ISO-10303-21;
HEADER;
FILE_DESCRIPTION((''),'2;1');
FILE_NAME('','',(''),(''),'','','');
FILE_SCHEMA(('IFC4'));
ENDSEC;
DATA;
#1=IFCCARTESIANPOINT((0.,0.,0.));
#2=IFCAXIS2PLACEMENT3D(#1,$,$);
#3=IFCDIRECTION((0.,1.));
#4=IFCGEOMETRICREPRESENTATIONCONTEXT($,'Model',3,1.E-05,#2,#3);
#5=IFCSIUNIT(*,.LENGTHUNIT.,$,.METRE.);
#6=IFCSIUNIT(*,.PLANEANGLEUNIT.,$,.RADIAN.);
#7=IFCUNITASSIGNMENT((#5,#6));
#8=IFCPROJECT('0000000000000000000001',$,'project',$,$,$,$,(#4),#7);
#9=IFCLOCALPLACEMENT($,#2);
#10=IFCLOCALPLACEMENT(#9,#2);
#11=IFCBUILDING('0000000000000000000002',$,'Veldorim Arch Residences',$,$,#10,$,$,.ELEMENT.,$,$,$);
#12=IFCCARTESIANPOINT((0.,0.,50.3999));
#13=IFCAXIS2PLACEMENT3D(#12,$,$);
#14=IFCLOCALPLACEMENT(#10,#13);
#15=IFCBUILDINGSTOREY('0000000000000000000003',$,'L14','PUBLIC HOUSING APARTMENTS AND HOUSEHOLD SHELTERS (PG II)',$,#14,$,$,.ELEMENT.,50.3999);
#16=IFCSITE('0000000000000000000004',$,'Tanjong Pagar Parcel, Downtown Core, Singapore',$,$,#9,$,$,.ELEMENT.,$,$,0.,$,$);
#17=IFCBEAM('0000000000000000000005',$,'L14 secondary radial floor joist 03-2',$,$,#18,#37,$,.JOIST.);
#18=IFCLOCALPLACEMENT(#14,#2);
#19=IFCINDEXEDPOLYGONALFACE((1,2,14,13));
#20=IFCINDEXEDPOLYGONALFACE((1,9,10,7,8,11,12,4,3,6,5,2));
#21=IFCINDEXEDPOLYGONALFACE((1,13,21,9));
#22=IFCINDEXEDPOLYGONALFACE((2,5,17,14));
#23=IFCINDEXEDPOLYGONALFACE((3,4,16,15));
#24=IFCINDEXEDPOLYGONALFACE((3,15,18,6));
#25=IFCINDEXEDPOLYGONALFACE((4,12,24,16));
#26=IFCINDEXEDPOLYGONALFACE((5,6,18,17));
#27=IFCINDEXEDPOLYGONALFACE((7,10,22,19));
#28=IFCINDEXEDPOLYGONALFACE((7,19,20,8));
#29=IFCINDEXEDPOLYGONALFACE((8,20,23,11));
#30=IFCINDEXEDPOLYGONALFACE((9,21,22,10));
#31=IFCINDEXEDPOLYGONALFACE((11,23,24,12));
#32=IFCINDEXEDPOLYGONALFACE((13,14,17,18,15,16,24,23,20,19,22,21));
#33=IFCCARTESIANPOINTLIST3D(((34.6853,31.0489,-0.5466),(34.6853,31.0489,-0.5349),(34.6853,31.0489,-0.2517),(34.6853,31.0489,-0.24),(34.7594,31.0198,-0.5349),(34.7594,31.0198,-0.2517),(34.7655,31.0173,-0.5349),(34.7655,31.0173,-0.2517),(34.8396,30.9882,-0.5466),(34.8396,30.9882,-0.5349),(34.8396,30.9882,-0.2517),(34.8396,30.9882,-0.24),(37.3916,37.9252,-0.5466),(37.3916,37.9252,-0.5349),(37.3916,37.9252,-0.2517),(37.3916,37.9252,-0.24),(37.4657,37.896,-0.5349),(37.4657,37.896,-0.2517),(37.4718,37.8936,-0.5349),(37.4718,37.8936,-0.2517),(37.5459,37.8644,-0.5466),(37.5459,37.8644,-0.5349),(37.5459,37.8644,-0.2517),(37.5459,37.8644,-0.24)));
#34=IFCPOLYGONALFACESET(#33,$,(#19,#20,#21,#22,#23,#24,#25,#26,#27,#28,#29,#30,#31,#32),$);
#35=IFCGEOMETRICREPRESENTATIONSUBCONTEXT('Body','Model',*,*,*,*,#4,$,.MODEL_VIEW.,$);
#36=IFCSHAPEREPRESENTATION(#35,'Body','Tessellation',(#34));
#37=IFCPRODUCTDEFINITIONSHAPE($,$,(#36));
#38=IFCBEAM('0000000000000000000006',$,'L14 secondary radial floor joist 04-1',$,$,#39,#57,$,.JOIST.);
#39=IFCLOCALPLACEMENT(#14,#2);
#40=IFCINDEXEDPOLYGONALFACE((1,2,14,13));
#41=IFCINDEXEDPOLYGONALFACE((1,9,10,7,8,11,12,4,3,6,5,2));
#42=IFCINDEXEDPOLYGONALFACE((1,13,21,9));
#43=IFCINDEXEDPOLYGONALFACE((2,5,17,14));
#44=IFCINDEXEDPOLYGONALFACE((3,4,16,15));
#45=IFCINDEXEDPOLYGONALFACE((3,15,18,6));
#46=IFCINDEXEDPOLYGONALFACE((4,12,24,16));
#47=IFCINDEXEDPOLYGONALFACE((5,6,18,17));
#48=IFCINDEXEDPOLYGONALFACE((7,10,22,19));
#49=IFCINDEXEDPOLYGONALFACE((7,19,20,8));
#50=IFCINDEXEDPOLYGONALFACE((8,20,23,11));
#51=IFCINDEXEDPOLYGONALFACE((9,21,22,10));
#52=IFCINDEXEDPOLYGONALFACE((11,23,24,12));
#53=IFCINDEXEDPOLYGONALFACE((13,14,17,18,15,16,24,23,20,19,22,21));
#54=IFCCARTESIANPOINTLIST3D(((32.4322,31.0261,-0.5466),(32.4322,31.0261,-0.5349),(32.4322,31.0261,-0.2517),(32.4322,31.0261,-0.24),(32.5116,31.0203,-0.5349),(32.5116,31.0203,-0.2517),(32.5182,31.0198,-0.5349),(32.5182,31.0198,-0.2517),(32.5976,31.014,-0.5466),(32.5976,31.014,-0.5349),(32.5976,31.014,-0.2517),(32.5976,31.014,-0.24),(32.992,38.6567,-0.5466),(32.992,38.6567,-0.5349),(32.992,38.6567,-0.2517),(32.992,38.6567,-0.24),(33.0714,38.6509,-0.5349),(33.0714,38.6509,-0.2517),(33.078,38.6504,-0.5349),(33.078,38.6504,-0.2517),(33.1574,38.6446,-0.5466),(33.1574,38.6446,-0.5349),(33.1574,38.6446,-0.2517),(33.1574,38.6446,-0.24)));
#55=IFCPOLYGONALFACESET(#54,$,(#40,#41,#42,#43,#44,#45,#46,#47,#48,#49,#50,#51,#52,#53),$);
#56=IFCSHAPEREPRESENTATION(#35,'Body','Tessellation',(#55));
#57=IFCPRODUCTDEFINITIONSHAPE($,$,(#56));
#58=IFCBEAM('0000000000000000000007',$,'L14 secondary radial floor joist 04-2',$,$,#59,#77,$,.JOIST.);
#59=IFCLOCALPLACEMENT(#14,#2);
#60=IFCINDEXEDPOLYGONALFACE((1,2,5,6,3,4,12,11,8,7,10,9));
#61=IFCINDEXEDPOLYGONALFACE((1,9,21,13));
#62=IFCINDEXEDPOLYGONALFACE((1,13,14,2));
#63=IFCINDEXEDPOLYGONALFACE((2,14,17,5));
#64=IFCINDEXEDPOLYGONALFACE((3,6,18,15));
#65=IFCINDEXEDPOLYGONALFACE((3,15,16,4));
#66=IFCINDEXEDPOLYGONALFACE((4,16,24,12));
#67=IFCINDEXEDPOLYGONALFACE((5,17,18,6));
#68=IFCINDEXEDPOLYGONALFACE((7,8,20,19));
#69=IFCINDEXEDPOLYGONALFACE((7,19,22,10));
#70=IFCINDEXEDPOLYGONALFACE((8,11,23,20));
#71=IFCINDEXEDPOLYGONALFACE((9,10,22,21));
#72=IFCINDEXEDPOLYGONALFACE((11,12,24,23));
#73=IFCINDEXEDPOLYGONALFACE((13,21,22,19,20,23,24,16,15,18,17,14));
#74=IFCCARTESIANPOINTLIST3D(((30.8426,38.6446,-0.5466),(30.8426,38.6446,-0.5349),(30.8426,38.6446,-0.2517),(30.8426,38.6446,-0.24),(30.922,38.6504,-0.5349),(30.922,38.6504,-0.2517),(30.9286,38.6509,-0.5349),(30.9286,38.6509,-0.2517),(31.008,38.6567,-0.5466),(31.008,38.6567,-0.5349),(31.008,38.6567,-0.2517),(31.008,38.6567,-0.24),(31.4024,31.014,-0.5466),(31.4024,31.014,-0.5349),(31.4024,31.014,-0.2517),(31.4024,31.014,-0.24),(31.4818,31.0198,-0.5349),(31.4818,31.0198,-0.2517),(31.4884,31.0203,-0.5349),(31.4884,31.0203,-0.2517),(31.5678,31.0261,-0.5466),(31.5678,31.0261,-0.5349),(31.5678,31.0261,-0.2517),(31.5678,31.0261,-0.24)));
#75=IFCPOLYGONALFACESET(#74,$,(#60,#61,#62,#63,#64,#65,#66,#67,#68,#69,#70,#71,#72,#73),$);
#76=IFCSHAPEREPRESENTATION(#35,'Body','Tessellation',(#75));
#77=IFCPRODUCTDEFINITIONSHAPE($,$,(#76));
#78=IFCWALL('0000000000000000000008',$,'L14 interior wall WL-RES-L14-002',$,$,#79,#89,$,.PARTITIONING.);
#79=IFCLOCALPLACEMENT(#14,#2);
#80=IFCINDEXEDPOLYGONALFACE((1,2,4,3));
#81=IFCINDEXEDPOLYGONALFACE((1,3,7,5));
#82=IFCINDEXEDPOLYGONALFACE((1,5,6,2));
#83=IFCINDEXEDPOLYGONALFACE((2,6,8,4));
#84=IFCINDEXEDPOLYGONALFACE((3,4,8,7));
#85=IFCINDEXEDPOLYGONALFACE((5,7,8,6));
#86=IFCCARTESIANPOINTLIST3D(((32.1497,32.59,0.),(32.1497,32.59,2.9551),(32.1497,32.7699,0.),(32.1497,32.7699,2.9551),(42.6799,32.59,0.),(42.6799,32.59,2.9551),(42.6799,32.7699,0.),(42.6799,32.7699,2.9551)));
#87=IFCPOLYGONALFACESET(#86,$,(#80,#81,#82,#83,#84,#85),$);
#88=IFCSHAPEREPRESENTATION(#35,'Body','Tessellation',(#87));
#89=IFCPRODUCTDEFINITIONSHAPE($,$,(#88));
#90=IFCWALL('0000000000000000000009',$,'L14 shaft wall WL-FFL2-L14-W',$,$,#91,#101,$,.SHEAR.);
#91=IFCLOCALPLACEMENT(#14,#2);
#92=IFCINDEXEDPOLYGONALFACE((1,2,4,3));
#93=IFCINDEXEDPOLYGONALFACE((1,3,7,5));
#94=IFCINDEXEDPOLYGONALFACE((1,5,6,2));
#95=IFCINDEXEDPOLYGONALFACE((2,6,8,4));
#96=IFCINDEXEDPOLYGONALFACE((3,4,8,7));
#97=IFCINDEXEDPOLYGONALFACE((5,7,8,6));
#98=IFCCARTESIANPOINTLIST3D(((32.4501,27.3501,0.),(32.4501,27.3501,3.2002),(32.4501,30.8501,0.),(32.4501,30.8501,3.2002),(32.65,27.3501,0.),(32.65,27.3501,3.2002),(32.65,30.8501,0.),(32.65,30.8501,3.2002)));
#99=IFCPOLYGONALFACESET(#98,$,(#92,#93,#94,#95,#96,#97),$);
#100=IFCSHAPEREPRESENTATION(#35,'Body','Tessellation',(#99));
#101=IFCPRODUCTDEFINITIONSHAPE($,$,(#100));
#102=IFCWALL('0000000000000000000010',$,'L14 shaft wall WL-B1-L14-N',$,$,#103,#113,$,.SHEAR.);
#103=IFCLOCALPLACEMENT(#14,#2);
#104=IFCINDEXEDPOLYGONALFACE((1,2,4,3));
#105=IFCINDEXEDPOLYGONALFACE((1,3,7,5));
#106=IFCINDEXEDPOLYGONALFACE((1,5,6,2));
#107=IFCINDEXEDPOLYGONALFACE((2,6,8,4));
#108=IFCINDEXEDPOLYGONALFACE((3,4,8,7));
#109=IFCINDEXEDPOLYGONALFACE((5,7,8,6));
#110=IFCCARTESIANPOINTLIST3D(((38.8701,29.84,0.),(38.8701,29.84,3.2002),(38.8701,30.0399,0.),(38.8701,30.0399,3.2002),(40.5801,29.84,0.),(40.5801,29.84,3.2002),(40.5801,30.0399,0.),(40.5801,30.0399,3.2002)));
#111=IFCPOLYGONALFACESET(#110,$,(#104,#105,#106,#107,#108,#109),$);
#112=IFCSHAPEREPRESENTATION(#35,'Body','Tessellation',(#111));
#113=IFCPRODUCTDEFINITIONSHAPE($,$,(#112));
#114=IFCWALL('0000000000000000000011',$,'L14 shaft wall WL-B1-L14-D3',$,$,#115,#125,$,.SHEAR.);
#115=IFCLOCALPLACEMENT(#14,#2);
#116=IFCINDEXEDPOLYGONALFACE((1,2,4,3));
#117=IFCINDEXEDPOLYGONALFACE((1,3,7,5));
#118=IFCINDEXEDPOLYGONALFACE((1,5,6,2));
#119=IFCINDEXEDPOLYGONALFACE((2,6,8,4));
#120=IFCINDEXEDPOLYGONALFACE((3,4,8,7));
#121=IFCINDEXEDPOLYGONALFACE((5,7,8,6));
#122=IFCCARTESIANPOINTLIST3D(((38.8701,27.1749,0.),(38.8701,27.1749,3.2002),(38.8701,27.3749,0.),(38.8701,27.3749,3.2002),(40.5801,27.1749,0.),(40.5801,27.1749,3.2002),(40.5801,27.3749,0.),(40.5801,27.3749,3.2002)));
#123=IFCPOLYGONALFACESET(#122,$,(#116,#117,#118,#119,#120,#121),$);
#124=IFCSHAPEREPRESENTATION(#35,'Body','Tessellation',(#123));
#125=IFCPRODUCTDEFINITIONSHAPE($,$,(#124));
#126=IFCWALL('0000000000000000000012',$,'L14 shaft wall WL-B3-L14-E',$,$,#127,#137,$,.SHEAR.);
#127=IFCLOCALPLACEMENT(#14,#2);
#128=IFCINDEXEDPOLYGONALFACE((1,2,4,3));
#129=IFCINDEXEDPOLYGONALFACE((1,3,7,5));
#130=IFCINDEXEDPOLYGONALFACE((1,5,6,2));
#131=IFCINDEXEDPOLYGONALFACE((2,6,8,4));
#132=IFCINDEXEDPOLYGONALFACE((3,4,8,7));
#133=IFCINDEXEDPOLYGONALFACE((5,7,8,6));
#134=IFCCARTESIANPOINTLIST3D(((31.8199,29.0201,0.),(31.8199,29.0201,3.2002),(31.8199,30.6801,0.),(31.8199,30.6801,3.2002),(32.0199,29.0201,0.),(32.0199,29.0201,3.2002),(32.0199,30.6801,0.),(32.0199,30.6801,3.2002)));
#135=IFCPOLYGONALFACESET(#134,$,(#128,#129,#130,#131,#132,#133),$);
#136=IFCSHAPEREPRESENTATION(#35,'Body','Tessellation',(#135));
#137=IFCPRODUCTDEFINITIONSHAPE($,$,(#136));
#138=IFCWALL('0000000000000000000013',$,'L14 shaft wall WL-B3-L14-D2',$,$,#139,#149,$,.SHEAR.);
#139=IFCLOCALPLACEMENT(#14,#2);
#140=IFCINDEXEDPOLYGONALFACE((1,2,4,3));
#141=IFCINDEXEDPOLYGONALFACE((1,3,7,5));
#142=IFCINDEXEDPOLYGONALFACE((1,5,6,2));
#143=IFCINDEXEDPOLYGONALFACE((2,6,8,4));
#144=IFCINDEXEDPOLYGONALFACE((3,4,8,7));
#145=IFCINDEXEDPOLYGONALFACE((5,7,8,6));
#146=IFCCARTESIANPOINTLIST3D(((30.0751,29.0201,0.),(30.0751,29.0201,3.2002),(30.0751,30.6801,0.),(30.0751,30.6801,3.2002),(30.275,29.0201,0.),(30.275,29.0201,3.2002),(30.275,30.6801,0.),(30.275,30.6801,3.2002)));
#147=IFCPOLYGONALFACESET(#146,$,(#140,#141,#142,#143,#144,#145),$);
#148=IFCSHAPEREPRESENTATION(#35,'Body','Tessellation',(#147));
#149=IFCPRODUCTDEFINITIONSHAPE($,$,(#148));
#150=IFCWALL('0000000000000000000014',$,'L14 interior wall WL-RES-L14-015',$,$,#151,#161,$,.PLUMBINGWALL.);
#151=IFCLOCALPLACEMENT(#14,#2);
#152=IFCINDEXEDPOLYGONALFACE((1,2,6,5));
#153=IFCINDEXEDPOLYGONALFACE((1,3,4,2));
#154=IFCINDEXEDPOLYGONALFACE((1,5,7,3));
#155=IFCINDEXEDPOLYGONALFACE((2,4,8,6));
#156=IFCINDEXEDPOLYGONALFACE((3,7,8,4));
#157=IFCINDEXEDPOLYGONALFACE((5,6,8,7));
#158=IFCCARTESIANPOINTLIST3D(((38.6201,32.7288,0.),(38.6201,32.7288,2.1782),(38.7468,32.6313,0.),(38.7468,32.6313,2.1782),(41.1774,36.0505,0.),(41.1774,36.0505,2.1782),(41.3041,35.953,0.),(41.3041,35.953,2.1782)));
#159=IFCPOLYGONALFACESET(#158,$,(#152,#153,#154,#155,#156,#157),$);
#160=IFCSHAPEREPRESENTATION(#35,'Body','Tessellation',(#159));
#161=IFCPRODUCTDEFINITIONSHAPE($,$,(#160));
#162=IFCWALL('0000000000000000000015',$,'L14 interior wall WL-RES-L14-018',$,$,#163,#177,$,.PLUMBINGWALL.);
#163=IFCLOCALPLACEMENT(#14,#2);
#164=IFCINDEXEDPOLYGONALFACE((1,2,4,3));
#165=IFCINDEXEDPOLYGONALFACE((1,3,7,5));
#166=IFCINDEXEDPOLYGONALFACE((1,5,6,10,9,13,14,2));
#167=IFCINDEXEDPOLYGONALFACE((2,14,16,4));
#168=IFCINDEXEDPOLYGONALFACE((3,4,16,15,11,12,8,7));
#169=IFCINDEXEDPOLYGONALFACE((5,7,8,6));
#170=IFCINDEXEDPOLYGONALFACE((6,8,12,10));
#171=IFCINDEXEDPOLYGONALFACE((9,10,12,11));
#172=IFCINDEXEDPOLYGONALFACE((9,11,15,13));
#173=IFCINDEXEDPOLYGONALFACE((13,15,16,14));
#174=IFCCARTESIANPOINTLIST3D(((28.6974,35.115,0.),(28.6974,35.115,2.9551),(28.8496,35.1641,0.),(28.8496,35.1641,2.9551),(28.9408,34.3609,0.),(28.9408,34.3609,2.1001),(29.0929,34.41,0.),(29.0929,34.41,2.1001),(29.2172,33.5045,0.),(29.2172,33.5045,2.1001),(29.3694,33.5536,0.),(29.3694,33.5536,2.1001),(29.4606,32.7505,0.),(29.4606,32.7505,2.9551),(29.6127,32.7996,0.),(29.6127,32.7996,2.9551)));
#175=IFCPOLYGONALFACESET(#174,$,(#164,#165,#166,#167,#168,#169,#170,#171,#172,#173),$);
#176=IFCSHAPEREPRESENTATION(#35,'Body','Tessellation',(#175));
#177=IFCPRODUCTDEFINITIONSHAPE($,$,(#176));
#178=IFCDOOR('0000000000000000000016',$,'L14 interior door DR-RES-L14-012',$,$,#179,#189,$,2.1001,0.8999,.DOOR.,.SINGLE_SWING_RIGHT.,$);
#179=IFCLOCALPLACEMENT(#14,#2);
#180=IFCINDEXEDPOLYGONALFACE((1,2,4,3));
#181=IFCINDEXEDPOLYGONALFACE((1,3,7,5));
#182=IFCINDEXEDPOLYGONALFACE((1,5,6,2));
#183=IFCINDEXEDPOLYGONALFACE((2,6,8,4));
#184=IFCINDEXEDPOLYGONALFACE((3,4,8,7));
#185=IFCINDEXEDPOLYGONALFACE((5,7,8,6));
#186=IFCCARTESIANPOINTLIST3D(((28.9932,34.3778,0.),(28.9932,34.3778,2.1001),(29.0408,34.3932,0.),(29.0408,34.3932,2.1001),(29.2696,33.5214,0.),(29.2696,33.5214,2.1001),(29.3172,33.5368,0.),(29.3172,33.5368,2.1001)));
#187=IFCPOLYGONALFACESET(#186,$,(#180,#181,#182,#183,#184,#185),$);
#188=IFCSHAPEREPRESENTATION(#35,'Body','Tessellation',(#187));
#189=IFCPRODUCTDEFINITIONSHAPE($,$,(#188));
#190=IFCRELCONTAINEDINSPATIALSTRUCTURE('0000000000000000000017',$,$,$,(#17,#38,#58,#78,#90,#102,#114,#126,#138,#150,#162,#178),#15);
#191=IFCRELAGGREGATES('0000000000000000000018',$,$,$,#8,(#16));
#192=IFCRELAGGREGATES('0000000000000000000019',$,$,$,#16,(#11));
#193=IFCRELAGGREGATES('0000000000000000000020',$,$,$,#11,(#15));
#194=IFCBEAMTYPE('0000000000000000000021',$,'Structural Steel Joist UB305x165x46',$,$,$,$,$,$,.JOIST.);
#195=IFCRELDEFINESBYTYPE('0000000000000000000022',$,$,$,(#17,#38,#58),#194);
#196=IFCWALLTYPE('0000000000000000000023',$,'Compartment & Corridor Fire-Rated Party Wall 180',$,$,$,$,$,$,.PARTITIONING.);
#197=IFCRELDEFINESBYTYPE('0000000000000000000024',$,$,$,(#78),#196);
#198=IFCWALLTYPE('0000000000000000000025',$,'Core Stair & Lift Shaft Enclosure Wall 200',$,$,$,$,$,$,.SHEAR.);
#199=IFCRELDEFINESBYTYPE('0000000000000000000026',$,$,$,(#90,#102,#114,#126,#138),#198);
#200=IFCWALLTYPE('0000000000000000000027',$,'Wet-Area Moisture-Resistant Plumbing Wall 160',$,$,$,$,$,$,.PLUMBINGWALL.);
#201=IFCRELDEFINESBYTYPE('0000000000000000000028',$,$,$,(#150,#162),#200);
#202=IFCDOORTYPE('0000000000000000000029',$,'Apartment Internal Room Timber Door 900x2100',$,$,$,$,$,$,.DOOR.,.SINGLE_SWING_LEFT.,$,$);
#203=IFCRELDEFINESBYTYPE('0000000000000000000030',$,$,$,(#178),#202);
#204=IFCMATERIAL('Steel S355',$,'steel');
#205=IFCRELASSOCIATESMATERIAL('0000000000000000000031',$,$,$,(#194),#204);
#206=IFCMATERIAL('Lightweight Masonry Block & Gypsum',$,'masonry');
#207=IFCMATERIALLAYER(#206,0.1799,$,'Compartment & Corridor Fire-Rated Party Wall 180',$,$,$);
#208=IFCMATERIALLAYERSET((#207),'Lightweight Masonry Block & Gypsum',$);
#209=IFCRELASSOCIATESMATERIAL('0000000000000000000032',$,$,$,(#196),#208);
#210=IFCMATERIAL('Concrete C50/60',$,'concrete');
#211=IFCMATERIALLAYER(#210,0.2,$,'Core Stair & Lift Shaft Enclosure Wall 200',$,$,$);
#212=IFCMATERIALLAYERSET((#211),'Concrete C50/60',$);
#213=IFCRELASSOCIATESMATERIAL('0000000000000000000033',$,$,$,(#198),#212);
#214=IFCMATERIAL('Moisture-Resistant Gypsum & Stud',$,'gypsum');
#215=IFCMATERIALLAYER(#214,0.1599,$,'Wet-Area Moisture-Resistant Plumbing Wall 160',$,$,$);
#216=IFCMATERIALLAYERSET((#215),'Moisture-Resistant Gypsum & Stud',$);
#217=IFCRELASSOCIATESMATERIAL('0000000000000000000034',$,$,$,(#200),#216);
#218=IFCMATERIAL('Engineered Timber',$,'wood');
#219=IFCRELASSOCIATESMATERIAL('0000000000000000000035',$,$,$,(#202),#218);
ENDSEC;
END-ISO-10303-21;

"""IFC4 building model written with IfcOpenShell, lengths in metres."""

from ifc_helpers import new_model, si_unit, direction, frame, frame_2d, origin, origin_2d, place, context, subcontext, project, spatial, rectangle, i_section, extrude, material, layer, layer_set, material_profile, profile_set, type_object, element, fill, save


model = new_model("IFC4")

# Units and contexts
model_context = context("Model", 3, precision=1e-05, world=origin(), true_north=direction((0.0, 1.0)))
body_context = subcontext(model_context, "Body", "Model", "MODEL_VIEW")
ifc_project = project(units=[si_unit("LENGTHUNIT", "METRE"), si_unit("PLANEANGLEUNIT", "RADIAN")], contexts=[model_context])

# Site, building, storey
site_placement = place(None, origin())
site = spatial("IfcSite", under=ifc_project, at=site_placement, Name="Tanjong Pagar Parcel, Downtown Core, Singapore", CompositionType="ELEMENT", RefElevation=0.0)
building_placement = place(site_placement, origin())
building = spatial("IfcBuilding", under=site, at=building_placement, Name="Veldorim Arch Residences", CompositionType="ELEMENT")
storey_placement = place(building_placement, frame((0.0, 0.0, 50.3999)))
storey = spatial("IfcBuildingStorey", under=building, at=storey_placement, Name="L14", Description="PUBLIC HOUSING APARTMENTS AND HOUSEHOLD SHELTERS (PG II)", CompositionType="ELEMENT", Elevation=50.3999)

# Beams
ifc_material_1 = material(Name="Steel S355", Category="steel")
ifc_material_profile_1 = material_profile(ifc_material_1, i_section(OverallWidth=0.1658, OverallDepth=0.3066, WebThickness=0.0066, FlangeThickness=0.0117, at=origin_2d()), Name="UB305x165x46")
ifc_profile_set_1 = profile_set([ifc_material_profile_1], Name="Steel S355")
beam_type_1 = type_object("IfcBeamType", Name="Structural Steel Joist UB305x165x46", PredefinedType="JOIST", material=ifc_profile_set_1)
beam_1_placement = place(storey_placement, frame((34.7625, 31.0186, -0.3933), z_axis=(0.36623, 0.930524, 0.0), x_axis=(-0.930524, 0.36623, 0.0)))
element("IfcBeam", 1, at=beam_1_placement, inside=storey, type_object=beam_type_1, Name="L14 secondary radial floor joist 03-2", PredefinedType="JOIST", context=body_context, shape_type="SweptSolid", body=[
    extrude(i_section(OverallWidth=0.1658, OverallDepth=0.3066, WebThickness=0.0066, FlangeThickness=0.0117, at=origin_2d()), origin(), (0.0, 0.0, 1.0), 7.3896),
])
for number, where, z_axis, x_axis, name in (
    (2, (32.5149, 31.02, -0.3933), (0.073168, 0.99732, 0.0), (-0.99732, 0.073168, 0.0), "L14 secondary radial floor joist 04-1"),
    (3, (31.4851, 31.02, -0.3933), (-0.073168, 0.99732, 0.0), (-0.99732, -0.073168, 0.0), "L14 secondary radial floor joist 04-2"),
):
    element("IfcBeam", number, at=place(storey_placement, frame(where, z_axis=z_axis, x_axis=x_axis)), inside=storey, type_object=beam_type_1, Name=name, PredefinedType="JOIST", context=body_context, shape_type="SweptSolid", body=[
        extrude(i_section(OverallWidth=0.1658, OverallDepth=0.3066, WebThickness=0.0066, FlangeThickness=0.0117, at=origin_2d()), origin(), (0.0, 0.0, 1.0), 7.6511),
    ])

# Wall
ifc_material_2 = material(Name="Lightweight Masonry Block & Gypsum", Category="masonry")
ifc_layer_1 = layer(ifc_material_2, 0.1799, Name="Compartment & Corridor Fire-Rated Party Wall 180")
ifc_layer_set_1 = layer_set([ifc_layer_1], Name="Lightweight Masonry Block & Gypsum")
wall_type_1 = type_object("IfcWallType", Name="Compartment & Corridor Fire-Rated Party Wall 180", PredefinedType="PARTITIONING", material=ifc_layer_set_1)
wall_1_placement = place(storey_placement, frame((32.1497, 32.6799, 0.0), z_axis=(0.0, 0.0, 1.0), x_axis=(1.0, 0.0, 0.0)))
element("IfcWall", 4, at=wall_1_placement, inside=storey, type_object=wall_type_1, Name="L14 interior wall WL-RES-L14-002", PredefinedType="PARTITIONING", context=body_context, shape_type="SweptSolid", body=[
    extrude(rectangle(XDim=10.5303, YDim=0.1799, at=frame_2d((5.2651, 0.0))), origin(), (0.0, 0.0, 1.0), 2.9551),
])

# Shared definitions
ifc_material_3 = material(Name="Concrete C50/60", Category="concrete")
ifc_layer_2 = layer(ifc_material_3, 0.2, Name="Core Stair & Lift Shaft Enclosure Wall 200")
ifc_layer_set_2 = layer_set([ifc_layer_2], Name="Concrete C50/60")
wall_type_2 = type_object("IfcWallType", Name="Core Stair & Lift Shaft Enclosure Wall 200", PredefinedType="SHEAR", material=ifc_layer_set_2)

# Wall
wall_2_placement = place(storey_placement, frame((32.55, 27.3501, 0.0), z_axis=(0.0, 0.0, 1.0), x_axis=(0.0, 1.0, 0.0)))
element("IfcWall", 5, at=wall_2_placement, inside=storey, type_object=wall_type_2, Name="L14 shaft wall WL-FFL2-L14-W", PredefinedType="SHEAR", context=body_context, shape_type="SweptSolid", body=[
    extrude(rectangle(XDim=3.5, YDim=0.2, at=frame_2d((1.75, 0.0))), origin(), (0.0, 0.0, 1.0), 3.2002),
])

# Walls
for number, where, z_axis, x_axis, name in (
    (6, (38.8701, 29.9399, 0.0), (0.0, 0.0, 1.0), (1.0, 0.0, 0.0), "L14 shaft wall WL-B1-L14-N"),
    (7, (38.8701, 27.2749, 0.0), (0.0, 0.0, 1.0), (1.0, 0.0, 0.0), "L14 shaft wall WL-B1-L14-D3"),
):
    element("IfcWall", number, at=place(storey_placement, frame(where, z_axis=z_axis, x_axis=x_axis)), inside=storey, type_object=wall_type_2, Name=name, PredefinedType="SHEAR", context=body_context, shape_type="SweptSolid", body=[
        extrude(rectangle(XDim=1.71, YDim=0.2, at=frame_2d((0.855, 0.0))), origin(), (0.0, 0.0, 1.0), 3.2002),
    ])
for number, where, z_axis, x_axis, name in (
    (8, (31.9199, 29.02, 0.0), (0.0, 0.0, 1.0), (0.0, 1.0, 0.0), "L14 shaft wall WL-B3-L14-E"),
    (9, (30.175, 29.02, 0.0), (0.0, 0.0, 1.0), (0.0, 1.0, 0.0), "L14 shaft wall WL-B3-L14-D2"),
):
    element("IfcWall", number, at=place(storey_placement, frame(where, z_axis=z_axis, x_axis=x_axis)), inside=storey, type_object=wall_type_2, Name=name, PredefinedType="SHEAR", context=body_context, shape_type="SweptSolid", body=[
        extrude(rectangle(XDim=1.6599, YDim=0.2, at=frame_2d((0.8301, 0.0))), origin(), (0.0, 0.0, 1.0), 3.2002),
    ])
ifc_material_4 = material(Name="Moisture-Resistant Gypsum & Stud", Category="gypsum")
ifc_layer_3 = layer(ifc_material_4, 0.1599, Name="Wet-Area Moisture-Resistant Plumbing Wall 160")
ifc_layer_set_3 = layer_set([ifc_layer_3], Name="Moisture-Resistant Gypsum & Stud")
wall_type_3 = type_object("IfcWallType", Name="Wet-Area Moisture-Resistant Plumbing Wall 160", PredefinedType="PLUMBINGWALL", material=ifc_layer_set_3)
wall_3_placement = place(storey_placement, frame((38.6833, 32.6799, 0.0), z_axis=(0.0, 0.0, 1.0), x_axis=(0.610034, 0.792375, 0.0)))
element("IfcWall", 10, at=wall_3_placement, inside=storey, type_object=wall_type_3, Name="L14 interior wall WL-RES-L14-015", PredefinedType="PLUMBINGWALL", context=body_context, shape_type="SweptSolid", body=[
    extrude(rectangle(XDim=4.1921, YDim=0.1599, at=frame_2d((2.0962, 0.0))), origin(), (0.0, 0.0, 1.0), 2.1782),
])

# Wall, opening, door
wall_4_placement = place(storey_placement, frame((29.5366, 32.7751, 0.0), z_axis=(0.0, 0.0, 1.0), x_axis=(-0.307164, 0.951657, 0.0)))
wall_4 = element("IfcWall", 11, at=wall_4_placement, inside=storey, type_object=wall_type_3, Name="L14 interior wall WL-RES-L14-018", PredefinedType="PLUMBINGWALL", context=body_context, shape_type="SweptSolid", body=[
    extrude(rectangle(XDim=2.4846, YDim=0.1599, at=frame_2d((1.2422, 0.0))), origin(), (0.0, 0.0, 1.0), 2.9551),
])
opening_1_placement = place(wall_4_placement, frame((0.7922, 0.0, 0.0)))
opening_1 = element("IfcOpeningElement", 12, at=opening_1_placement, cuts=wall_4, PredefinedType="OPENING", context=body_context, shape_type="SweptSolid", body=[
    extrude(rectangle(XDim=0.8999, YDim=2.1001, at=frame_2d((0.45, 1.05))), frame((0.0, 0.0898, 0.0), z_axis=(0.0, -1.0, 0.0), x_axis=(1.0, 0.0, 0.0)), (0.0, 0.0, 1.0), 0.1799),
])
ifc_material_5 = material(Name="Engineered Timber", Category="wood")
door_type_1 = type_object("IfcDoorType", Name="Apartment Internal Room Timber Door 900x2100", OperationType="SINGLE_SWING_LEFT", PredefinedType="DOOR", material=ifc_material_5)
door_1_placement = place(opening_1_placement, origin())
door_1 = element("IfcDoor", 13, at=door_1_placement, inside=storey, type_object=door_type_1, Name="L14 interior door DR-RES-L14-012", OperationType="SINGLE_SWING_RIGHT", OverallHeight=2.1001, OverallWidth=0.8999, PredefinedType="DOOR", context=body_context, shape_type="SweptSolid", body=[
    extrude(rectangle(XDim=0.8999, YDim=2.1001, at=frame_2d((0.45, 1.05))), frame((0.0, 0.0249, 0.0), z_axis=(0.0, -1.0, 0.0), x_axis=(1.0, 0.0, 0.0)), (0.0, 0.0, 1.0), 0.05),
])
fill(opening_1, door_1)

save(model, "model.ifc")
